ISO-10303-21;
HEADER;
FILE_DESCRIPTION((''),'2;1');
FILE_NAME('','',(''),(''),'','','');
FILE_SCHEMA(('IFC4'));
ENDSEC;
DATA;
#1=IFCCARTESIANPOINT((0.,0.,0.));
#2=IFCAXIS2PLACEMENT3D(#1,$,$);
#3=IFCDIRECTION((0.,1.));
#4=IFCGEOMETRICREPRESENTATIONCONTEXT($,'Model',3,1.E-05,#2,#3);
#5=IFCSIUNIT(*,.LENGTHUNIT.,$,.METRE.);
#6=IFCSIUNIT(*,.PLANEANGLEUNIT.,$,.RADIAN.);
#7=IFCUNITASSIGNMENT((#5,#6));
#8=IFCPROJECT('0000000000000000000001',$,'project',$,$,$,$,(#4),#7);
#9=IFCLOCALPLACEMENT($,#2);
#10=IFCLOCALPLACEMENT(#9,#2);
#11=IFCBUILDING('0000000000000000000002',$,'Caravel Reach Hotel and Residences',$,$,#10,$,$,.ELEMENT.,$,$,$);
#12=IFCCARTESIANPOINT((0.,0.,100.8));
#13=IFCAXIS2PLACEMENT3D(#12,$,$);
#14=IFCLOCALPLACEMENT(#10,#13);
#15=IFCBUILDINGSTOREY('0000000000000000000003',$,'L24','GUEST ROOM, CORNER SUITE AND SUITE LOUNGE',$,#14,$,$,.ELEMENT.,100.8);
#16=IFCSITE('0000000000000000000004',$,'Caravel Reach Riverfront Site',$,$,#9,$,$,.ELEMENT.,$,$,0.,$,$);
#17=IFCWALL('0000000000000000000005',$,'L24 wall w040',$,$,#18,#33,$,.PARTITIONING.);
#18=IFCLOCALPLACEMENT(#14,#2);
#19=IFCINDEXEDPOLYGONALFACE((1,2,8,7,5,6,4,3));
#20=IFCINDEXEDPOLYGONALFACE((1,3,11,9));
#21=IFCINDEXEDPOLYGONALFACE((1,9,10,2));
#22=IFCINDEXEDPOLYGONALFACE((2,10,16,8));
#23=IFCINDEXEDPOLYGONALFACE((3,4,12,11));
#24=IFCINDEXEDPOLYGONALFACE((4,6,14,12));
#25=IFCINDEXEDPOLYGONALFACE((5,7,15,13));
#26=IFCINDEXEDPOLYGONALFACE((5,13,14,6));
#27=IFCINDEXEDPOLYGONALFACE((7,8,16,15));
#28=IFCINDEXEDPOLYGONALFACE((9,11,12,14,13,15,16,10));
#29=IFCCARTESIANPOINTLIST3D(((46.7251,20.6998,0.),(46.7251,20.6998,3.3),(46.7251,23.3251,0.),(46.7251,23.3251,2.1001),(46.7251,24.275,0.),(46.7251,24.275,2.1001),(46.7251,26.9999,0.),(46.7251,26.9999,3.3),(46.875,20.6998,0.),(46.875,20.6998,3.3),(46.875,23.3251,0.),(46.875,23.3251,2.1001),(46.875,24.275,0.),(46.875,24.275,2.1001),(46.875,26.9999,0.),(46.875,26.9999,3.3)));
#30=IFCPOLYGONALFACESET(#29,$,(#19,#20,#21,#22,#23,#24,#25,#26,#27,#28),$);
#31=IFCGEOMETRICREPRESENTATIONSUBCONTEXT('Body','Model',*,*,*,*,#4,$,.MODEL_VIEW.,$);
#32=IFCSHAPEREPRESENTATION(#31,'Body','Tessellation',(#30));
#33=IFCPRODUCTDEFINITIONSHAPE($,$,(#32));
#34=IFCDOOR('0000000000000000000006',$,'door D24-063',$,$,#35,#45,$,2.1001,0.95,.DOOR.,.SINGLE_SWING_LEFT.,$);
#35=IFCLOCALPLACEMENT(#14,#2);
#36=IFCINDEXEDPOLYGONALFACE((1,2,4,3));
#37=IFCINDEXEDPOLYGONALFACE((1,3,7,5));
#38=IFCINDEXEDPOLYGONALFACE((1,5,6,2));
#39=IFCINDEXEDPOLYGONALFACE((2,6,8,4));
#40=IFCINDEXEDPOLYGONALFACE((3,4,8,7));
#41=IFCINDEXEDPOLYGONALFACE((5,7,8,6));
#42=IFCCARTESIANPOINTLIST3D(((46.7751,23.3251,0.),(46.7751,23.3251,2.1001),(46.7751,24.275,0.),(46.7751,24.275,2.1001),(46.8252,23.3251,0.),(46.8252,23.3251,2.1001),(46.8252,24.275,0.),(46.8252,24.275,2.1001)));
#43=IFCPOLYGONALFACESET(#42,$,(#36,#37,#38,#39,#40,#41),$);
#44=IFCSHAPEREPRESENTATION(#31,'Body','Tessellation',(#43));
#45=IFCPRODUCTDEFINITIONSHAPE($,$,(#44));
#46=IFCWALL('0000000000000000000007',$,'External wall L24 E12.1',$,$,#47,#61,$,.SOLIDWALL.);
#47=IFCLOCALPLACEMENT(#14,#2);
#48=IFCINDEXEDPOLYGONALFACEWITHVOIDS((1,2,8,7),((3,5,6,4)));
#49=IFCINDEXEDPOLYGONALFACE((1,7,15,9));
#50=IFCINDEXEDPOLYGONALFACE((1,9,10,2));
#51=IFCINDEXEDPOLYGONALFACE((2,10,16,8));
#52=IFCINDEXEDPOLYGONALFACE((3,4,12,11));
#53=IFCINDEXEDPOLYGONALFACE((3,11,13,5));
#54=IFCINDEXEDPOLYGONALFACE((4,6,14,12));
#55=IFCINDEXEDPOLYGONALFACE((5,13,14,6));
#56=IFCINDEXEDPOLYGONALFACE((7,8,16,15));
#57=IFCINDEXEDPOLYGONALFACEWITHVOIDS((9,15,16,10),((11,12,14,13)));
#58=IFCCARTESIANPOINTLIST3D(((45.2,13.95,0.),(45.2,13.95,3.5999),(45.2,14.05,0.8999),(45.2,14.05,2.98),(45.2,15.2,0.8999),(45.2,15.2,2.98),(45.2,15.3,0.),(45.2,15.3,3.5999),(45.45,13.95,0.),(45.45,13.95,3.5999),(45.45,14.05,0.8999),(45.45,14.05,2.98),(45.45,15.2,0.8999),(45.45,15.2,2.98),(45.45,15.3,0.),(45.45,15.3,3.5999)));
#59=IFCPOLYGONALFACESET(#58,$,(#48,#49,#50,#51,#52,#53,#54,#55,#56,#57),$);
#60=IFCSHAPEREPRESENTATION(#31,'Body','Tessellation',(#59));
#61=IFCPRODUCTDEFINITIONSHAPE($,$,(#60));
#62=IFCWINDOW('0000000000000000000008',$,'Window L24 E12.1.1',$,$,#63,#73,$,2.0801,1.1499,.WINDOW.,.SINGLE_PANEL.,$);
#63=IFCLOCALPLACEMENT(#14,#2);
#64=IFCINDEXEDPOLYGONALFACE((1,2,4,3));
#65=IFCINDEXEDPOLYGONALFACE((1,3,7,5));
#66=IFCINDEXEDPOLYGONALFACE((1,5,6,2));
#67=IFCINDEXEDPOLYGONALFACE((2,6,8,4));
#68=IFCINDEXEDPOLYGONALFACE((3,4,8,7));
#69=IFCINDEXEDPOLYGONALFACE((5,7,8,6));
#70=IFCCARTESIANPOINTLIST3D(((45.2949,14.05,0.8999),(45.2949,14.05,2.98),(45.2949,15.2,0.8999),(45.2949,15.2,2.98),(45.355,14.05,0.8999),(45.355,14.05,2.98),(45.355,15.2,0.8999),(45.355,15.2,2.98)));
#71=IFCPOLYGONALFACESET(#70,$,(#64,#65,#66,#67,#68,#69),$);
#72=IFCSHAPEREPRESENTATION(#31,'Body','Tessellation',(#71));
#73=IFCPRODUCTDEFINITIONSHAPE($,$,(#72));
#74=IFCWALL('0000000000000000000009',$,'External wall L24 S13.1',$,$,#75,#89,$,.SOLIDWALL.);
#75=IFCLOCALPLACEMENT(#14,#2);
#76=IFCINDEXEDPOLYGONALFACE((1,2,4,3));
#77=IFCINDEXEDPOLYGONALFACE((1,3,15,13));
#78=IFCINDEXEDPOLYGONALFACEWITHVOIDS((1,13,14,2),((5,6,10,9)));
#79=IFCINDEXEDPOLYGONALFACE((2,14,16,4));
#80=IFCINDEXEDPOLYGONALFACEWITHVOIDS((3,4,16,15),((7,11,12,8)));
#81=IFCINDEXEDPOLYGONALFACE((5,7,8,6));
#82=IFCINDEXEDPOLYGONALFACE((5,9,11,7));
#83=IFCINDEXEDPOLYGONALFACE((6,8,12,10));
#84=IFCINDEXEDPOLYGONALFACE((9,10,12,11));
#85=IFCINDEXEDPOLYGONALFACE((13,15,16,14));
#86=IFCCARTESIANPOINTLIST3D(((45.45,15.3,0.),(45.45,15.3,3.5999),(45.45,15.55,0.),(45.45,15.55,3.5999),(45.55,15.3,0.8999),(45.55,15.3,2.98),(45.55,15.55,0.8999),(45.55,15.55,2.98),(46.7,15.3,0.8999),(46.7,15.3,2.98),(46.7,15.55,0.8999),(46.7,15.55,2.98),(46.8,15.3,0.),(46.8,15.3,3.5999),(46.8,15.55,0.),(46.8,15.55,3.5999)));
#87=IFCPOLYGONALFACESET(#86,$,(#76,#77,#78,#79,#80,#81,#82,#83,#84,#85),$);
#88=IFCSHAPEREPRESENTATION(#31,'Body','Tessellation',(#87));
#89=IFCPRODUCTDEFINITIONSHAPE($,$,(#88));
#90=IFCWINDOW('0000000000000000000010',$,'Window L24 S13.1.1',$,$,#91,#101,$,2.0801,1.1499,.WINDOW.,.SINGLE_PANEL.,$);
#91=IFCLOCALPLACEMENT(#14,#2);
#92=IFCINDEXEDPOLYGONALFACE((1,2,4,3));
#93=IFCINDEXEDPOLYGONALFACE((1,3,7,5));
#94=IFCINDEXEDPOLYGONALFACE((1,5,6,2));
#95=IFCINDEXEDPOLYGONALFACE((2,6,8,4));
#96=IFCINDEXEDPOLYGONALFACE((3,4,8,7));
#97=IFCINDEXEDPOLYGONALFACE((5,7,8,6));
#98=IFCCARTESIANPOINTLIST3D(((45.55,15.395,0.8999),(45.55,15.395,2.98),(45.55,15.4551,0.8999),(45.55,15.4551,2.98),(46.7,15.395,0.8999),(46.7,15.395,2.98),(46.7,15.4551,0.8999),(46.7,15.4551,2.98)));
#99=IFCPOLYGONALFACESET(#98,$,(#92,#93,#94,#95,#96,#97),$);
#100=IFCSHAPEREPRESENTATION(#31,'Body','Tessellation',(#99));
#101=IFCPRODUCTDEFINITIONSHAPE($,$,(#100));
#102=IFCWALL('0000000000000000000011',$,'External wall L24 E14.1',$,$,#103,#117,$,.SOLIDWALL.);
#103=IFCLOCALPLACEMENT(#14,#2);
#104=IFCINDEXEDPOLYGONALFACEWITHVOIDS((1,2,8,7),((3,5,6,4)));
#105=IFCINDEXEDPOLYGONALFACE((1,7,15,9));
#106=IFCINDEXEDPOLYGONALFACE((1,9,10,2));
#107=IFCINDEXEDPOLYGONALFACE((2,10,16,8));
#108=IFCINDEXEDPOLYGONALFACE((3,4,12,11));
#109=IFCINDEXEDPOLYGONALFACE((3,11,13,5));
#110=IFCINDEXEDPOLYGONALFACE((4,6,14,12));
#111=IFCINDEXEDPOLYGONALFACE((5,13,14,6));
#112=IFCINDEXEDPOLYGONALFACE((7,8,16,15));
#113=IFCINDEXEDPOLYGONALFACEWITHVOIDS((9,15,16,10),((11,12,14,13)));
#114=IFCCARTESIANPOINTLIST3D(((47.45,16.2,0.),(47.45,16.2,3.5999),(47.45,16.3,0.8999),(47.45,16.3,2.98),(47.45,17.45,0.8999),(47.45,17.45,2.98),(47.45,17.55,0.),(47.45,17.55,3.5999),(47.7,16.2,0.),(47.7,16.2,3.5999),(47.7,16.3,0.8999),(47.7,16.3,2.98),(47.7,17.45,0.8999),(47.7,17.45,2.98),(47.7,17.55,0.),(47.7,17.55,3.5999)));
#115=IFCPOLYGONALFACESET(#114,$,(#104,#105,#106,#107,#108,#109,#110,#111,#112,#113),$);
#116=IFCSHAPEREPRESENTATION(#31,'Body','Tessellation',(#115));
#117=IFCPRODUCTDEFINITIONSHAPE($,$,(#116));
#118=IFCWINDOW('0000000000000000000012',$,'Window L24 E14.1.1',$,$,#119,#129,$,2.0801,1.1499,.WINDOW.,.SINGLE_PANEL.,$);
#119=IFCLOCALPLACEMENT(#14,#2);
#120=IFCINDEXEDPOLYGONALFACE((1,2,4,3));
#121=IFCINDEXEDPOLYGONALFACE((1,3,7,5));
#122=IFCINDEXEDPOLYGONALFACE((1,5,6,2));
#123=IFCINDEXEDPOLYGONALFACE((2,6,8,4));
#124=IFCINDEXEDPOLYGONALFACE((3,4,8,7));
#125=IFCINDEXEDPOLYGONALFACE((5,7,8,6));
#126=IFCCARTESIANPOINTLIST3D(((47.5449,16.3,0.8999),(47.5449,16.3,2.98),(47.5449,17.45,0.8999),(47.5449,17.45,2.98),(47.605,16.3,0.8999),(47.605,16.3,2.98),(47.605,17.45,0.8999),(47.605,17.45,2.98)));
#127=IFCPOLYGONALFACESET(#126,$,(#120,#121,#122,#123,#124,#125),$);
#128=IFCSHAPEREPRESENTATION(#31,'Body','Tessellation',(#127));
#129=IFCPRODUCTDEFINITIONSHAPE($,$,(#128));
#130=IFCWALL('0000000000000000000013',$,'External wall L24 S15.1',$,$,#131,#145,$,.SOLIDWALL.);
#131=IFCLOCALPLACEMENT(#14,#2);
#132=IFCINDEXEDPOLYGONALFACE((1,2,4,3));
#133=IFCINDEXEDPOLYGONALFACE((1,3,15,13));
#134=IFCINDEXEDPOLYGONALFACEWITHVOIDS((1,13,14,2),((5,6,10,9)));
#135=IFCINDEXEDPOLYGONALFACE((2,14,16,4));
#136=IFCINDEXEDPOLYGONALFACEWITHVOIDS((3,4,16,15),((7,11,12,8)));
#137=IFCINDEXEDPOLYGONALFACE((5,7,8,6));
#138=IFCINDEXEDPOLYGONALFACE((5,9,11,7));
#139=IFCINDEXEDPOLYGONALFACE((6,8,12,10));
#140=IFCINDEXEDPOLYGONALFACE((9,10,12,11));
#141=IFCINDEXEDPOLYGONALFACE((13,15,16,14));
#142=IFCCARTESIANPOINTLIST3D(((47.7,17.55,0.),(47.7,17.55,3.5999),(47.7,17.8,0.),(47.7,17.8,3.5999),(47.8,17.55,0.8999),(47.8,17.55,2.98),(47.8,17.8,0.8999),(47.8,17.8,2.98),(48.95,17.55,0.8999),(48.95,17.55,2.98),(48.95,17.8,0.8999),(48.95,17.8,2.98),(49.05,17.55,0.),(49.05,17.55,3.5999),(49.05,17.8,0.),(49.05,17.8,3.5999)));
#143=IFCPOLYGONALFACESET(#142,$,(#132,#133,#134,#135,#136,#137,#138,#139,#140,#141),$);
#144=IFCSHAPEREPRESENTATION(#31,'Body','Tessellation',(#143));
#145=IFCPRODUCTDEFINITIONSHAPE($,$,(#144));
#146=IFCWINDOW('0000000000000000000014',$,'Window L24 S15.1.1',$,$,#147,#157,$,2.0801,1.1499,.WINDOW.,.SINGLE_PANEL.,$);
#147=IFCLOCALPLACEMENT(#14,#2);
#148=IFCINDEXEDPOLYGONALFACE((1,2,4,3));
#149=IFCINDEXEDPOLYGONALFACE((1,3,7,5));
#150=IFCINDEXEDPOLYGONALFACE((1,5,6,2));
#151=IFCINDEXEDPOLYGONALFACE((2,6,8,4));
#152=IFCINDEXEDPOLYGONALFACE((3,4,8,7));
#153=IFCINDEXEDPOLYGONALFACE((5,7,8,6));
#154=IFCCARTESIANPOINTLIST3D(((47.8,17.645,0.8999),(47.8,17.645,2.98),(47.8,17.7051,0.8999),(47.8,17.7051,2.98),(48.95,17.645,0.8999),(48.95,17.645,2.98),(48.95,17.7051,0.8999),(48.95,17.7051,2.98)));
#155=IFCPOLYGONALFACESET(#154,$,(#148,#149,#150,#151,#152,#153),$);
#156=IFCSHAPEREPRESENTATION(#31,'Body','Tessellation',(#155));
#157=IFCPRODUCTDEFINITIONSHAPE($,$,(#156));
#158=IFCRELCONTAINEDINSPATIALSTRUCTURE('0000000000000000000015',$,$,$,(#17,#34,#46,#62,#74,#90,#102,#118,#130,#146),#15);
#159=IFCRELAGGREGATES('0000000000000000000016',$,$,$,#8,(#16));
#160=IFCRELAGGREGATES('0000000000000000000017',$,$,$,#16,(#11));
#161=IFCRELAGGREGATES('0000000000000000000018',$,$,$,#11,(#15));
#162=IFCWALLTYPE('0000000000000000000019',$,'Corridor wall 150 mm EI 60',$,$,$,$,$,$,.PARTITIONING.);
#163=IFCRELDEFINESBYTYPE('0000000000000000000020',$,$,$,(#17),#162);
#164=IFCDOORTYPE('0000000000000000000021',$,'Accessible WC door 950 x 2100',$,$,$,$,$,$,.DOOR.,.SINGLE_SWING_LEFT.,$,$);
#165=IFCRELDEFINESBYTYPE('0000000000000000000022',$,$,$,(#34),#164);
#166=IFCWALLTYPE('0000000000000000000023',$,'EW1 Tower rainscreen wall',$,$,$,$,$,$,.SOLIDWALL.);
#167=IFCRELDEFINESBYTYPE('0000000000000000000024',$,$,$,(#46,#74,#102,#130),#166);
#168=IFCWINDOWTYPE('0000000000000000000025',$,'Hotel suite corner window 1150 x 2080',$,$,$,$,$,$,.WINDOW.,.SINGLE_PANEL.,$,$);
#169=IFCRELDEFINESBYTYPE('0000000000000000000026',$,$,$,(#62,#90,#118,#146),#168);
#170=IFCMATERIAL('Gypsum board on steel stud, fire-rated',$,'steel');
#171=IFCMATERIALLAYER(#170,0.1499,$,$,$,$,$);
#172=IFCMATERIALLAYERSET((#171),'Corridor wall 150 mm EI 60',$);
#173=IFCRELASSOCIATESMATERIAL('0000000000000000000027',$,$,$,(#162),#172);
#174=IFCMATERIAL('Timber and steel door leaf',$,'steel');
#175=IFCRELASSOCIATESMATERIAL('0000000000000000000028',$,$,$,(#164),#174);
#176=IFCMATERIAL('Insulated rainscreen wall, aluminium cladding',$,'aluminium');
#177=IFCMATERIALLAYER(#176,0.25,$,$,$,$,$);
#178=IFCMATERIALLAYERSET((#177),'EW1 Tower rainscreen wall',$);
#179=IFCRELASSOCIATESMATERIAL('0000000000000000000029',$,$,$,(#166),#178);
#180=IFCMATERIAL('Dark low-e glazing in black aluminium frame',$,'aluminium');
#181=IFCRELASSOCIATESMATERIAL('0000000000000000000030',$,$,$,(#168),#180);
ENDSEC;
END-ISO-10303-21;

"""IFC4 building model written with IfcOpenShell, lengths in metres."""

from ifc_helpers import new_model, si_unit, direction, frame, frame_2d, origin, place, context, subcontext, project, spatial, rectangle, extrude, material, layer, layer_set, type_object, element, fill, save


model = new_model("IFC4")

# Units and contexts
model_context = context("Model", 3, precision=1e-05, world=origin(), true_north=direction((0.0, 1.0)))
body_context = subcontext(model_context, "Body", "Model", "MODEL_VIEW")
ifc_project = project(units=[si_unit("LENGTHUNIT", "METRE"), si_unit("PLANEANGLEUNIT", "RADIAN")], contexts=[model_context])

# Site, building, storey
site_placement = place(None, origin())
site = spatial("IfcSite", under=ifc_project, at=site_placement, Name="Caravel Reach Riverfront Site", CompositionType="ELEMENT", RefElevation=0.0)
building_placement = place(site_placement, origin())
building = spatial("IfcBuilding", under=site, at=building_placement, Name="Caravel Reach Hotel and Residences", CompositionType="ELEMENT")
storey_placement = place(building_placement, frame((0.0, 0.0, 100.8)))
storey = spatial("IfcBuildingStorey", under=building, at=storey_placement, Name="L24", Description="GUEST ROOM, CORNER SUITE AND SUITE LOUNGE", CompositionType="ELEMENT", Elevation=100.8)

# Wall, opening, door
ifc_material_1 = material(Name="Gypsum board on steel stud, fire-rated", Category="steel")
ifc_layer_1 = layer(ifc_material_1, 0.1499)
ifc_layer_set_1 = layer_set([ifc_layer_1], Name="Corridor wall 150 mm EI 60")
wall_type_1 = type_object("IfcWallType", Name="Corridor wall 150 mm EI 60", PredefinedType="PARTITIONING", material=ifc_layer_set_1)
wall_1_placement = place(storey_placement, frame((46.8, 20.7, 0.0), z_axis=(0.0, 0.0, 1.0), x_axis=(0.0, 1.0, 0.0)))
wall_1 = element("IfcWall", 1, at=wall_1_placement, inside=storey, type_object=wall_type_1, Name="L24 wall w040", PredefinedType="PARTITIONING", context=body_context, shape_type="SweptSolid", body=[
    extrude(rectangle(XDim=6.3, YDim=0.1499, at=frame_2d((3.1499, 0.0))), origin(), (0.0, 0.0, 1.0), 3.3),
])
opening_1_placement = place(wall_1_placement, frame((2.625, 0.0, 0.0)))
opening_1 = element("IfcOpeningElement", 2, at=opening_1_placement, cuts=wall_1, PredefinedType="OPENING", context=body_context, shape_type="SweptSolid", body=[
    extrude(rectangle(XDim=0.95, YDim=2.1001, at=frame_2d((0.4751, 1.05))), frame((0.0, 0.085, 0.0), z_axis=(0.0, -1.0, 0.0), x_axis=(1.0, 0.0, 0.0)), (0.0, 0.0, 1.0), 0.1699),
])
ifc_material_2 = material(Name="Timber and steel door leaf", Category="steel")
door_type = type_object("IfcDoorType", Name="Accessible WC door 950 x 2100", OperationType="SINGLE_SWING_LEFT", PredefinedType="DOOR", material=ifc_material_2)
door_placement = place(opening_1_placement, origin())
door = element("IfcDoor", 3, at=door_placement, inside=storey, type_object=door_type, Name="door D24-063", OperationType="SINGLE_SWING_LEFT", OverallHeight=2.1001, OverallWidth=0.95, PredefinedType="DOOR", context=body_context, shape_type="SweptSolid", body=[
    extrude(rectangle(XDim=0.95, YDim=2.1001, at=frame_2d((0.4751, 1.05))), frame((0.0, 0.0249, 0.0), z_axis=(0.0, -1.0, 0.0), x_axis=(1.0, 0.0, 0.0)), (0.0, 0.0, 1.0), 0.05),
])
fill(opening_1, door)

# Walls, openings, windows
ifc_material_3 = material(Name="Insulated rainscreen wall, aluminium cladding", Category="aluminium")
ifc_layer_2 = layer(ifc_material_3, 0.25)
ifc_layer_set_2 = layer_set([ifc_layer_2], Name="EW1 Tower rainscreen wall")
wall_type_2 = type_object("IfcWallType", Name="EW1 Tower rainscreen wall", PredefinedType="SOLIDWALL", material=ifc_layer_set_2)
wall_2_placement = place(storey_placement, frame((45.325, 13.95, 0.0), z_axis=(0.0, 0.0, 1.0), x_axis=(0.0, 1.0, 0.0)))
wall_2 = element("IfcWall", 4, at=wall_2_placement, inside=storey, type_object=wall_type_2, Name="External wall L24 E12.1", PredefinedType="SOLIDWALL", context=body_context, shape_type="SweptSolid", body=[
    extrude(rectangle(XDim=1.3501, YDim=0.25, at=frame_2d((0.675, 0.0))), origin(), (0.0, 0.0, 1.0), 3.5999),
])
opening_2_placement = place(wall_2_placement, frame((0.1001, 0.0, 0.8999)))
opening_2 = element("IfcOpeningElement", 5, at=opening_2_placement, cuts=wall_2, PredefinedType="OPENING", context=body_context, shape_type="SweptSolid", body=[
    extrude(rectangle(XDim=1.1499, YDim=2.0801, at=frame_2d((0.575, 1.04))), frame((0.0, 0.135, 0.0), z_axis=(0.0, -1.0, 0.0), x_axis=(1.0, 0.0, 0.0)), (0.0, 0.0, 1.0), 0.27),
])
ifc_material_4 = material(Name="Dark low-e glazing in black aluminium frame", Category="aluminium")
window_type_1 = type_object("IfcWindowType", Name="Hotel suite corner window 1150 x 2080", PartitioningType="SINGLE_PANEL", PredefinedType="WINDOW", material=ifc_material_4)
window_1_placement = place(opening_2_placement, origin())
window_1 = element("IfcWindow", 6, at=window_1_placement, inside=storey, type_object=window_type_1, Name="Window L24 E12.1.1", OverallHeight=2.0801, OverallWidth=1.1499, PartitioningType="SINGLE_PANEL", PredefinedType="WINDOW", context=body_context, shape_type="SweptSolid", body=[
    extrude(rectangle(XDim=1.1499, YDim=2.0801, at=frame_2d((0.575, 1.04))), frame((0.0, 0.03, 0.0), z_axis=(0.0, -1.0, 0.0), x_axis=(1.0, 0.0, 0.0)), (0.0, 0.0, 1.0), 0.0601),
])
fill(opening_2, window_1)
wall_3_placement = place(storey_placement, frame((45.45, 15.425, 0.0), z_axis=(0.0, 0.0, 1.0), x_axis=(1.0, 0.0, 0.0)))
wall_3 = element("IfcWall", 7, at=wall_3_placement, inside=storey, type_object=wall_type_2, Name="External wall L24 S13.1", PredefinedType="SOLIDWALL", context=body_context, shape_type="SweptSolid", body=[
    extrude(rectangle(XDim=1.3501, YDim=0.25, at=frame_2d((0.675, 0.0))), origin(), (0.0, 0.0, 1.0), 3.5999),
])
opening_3_placement = place(wall_3_placement, frame((0.1001, 0.0, 0.8999)))
opening_3 = element("IfcOpeningElement", 8, at=opening_3_placement, cuts=wall_3, PredefinedType="OPENING", context=body_context, shape_type="SweptSolid", body=[
    extrude(rectangle(XDim=1.1499, YDim=2.0801, at=frame_2d((0.575, 1.04))), frame((0.0, 0.135, 0.0), z_axis=(0.0, -1.0, 0.0), x_axis=(1.0, 0.0, 0.0)), (0.0, 0.0, 1.0), 0.27),
])
window_2_placement = place(opening_3_placement, origin())
window_2 = element("IfcWindow", 9, at=window_2_placement, inside=storey, type_object=window_type_1, Name="Window L24 S13.1.1", OverallHeight=2.0801, OverallWidth=1.1499, PartitioningType="SINGLE_PANEL", PredefinedType="WINDOW", context=body_context, shape_type="SweptSolid", body=[
    extrude(rectangle(XDim=1.1499, YDim=2.0801, at=frame_2d((0.575, 1.04))), frame((0.0, 0.03, 0.0), z_axis=(0.0, -1.0, 0.0), x_axis=(1.0, 0.0, 0.0)), (0.0, 0.0, 1.0), 0.0601),
])
fill(opening_3, window_2)
wall_4_placement = place(storey_placement, frame((47.575, 16.2, 0.0), z_axis=(0.0, 0.0, 1.0), x_axis=(0.0, 1.0, 0.0)))
wall_4 = element("IfcWall", 10, at=wall_4_placement, inside=storey, type_object=wall_type_2, Name="External wall L24 E14.1", PredefinedType="SOLIDWALL", context=body_context, shape_type="SweptSolid", body=[
    extrude(rectangle(XDim=1.3501, YDim=0.25, at=frame_2d((0.675, 0.0))), origin(), (0.0, 0.0, 1.0), 3.5999),
])
opening_4_placement = place(wall_4_placement, frame((0.1001, 0.0, 0.8999)))
opening_4 = element("IfcOpeningElement", 11, at=opening_4_placement, cuts=wall_4, PredefinedType="OPENING", context=body_context, shape_type="SweptSolid", body=[
    extrude(rectangle(XDim=1.1499, YDim=2.0801, at=frame_2d((0.575, 1.04))), frame((0.0, 0.135, 0.0), z_axis=(0.0, -1.0, 0.0), x_axis=(1.0, 0.0, 0.0)), (0.0, 0.0, 1.0), 0.27),
])
window_3_placement = place(opening_4_placement, origin())
window_3 = element("IfcWindow", 12, at=window_3_placement, inside=storey, type_object=window_type_1, Name="Window L24 E14.1.1", OverallHeight=2.0801, OverallWidth=1.1499, PartitioningType="SINGLE_PANEL", PredefinedType="WINDOW", context=body_context, shape_type="SweptSolid", body=[
    extrude(rectangle(XDim=1.1499, YDim=2.0801, at=frame_2d((0.575, 1.04))), frame((0.0, 0.03, 0.0), z_axis=(0.0, -1.0, 0.0), x_axis=(1.0, 0.0, 0.0)), (0.0, 0.0, 1.0), 0.0601),
])
fill(opening_4, window_3)
wall_5_placement = place(storey_placement, frame((47.7, 17.675, 0.0), z_axis=(0.0, 0.0, 1.0), x_axis=(1.0, 0.0, 0.0)))
wall_5 = element("IfcWall", 13, at=wall_5_placement, inside=storey, type_object=wall_type_2, Name="External wall L24 S15.1", PredefinedType="SOLIDWALL", context=body_context, shape_type="SweptSolid", body=[
    extrude(rectangle(XDim=1.3501, YDim=0.25, at=frame_2d((0.675, 0.0))), origin(), (0.0, 0.0, 1.0), 3.5999),
])
opening_5_placement = place(wall_5_placement, frame((0.1001, 0.0, 0.8999)))
opening_5 = element("IfcOpeningElement", 14, at=opening_5_placement, cuts=wall_5, PredefinedType="OPENING", context=body_context, shape_type="SweptSolid", body=[
    extrude(rectangle(XDim=1.1499, YDim=2.0801, at=frame_2d((0.575, 1.04))), frame((0.0, 0.135, 0.0), z_axis=(0.0, -1.0, 0.0), x_axis=(1.0, 0.0, 0.0)), (0.0, 0.0, 1.0), 0.27),
])
window_4_placement = place(opening_5_placement, origin())
window_4 = element("IfcWindow", 15, at=window_4_placement, inside=storey, type_object=window_type_1, Name="Window L24 S15.1.1", OverallHeight=2.0801, OverallWidth=1.1499, PartitioningType="SINGLE_PANEL", PredefinedType="WINDOW", context=body_context, shape_type="SweptSolid", body=[
    extrude(rectangle(XDim=1.1499, YDim=2.0801, at=frame_2d((0.575, 1.04))), frame((0.0, 0.03, 0.0), z_axis=(0.0, -1.0, 0.0), x_axis=(1.0, 0.0, 0.0)), (0.0, 0.0, 1.0), 0.0601),
])
fill(opening_5, window_4)

save(model, "model.ifc")
